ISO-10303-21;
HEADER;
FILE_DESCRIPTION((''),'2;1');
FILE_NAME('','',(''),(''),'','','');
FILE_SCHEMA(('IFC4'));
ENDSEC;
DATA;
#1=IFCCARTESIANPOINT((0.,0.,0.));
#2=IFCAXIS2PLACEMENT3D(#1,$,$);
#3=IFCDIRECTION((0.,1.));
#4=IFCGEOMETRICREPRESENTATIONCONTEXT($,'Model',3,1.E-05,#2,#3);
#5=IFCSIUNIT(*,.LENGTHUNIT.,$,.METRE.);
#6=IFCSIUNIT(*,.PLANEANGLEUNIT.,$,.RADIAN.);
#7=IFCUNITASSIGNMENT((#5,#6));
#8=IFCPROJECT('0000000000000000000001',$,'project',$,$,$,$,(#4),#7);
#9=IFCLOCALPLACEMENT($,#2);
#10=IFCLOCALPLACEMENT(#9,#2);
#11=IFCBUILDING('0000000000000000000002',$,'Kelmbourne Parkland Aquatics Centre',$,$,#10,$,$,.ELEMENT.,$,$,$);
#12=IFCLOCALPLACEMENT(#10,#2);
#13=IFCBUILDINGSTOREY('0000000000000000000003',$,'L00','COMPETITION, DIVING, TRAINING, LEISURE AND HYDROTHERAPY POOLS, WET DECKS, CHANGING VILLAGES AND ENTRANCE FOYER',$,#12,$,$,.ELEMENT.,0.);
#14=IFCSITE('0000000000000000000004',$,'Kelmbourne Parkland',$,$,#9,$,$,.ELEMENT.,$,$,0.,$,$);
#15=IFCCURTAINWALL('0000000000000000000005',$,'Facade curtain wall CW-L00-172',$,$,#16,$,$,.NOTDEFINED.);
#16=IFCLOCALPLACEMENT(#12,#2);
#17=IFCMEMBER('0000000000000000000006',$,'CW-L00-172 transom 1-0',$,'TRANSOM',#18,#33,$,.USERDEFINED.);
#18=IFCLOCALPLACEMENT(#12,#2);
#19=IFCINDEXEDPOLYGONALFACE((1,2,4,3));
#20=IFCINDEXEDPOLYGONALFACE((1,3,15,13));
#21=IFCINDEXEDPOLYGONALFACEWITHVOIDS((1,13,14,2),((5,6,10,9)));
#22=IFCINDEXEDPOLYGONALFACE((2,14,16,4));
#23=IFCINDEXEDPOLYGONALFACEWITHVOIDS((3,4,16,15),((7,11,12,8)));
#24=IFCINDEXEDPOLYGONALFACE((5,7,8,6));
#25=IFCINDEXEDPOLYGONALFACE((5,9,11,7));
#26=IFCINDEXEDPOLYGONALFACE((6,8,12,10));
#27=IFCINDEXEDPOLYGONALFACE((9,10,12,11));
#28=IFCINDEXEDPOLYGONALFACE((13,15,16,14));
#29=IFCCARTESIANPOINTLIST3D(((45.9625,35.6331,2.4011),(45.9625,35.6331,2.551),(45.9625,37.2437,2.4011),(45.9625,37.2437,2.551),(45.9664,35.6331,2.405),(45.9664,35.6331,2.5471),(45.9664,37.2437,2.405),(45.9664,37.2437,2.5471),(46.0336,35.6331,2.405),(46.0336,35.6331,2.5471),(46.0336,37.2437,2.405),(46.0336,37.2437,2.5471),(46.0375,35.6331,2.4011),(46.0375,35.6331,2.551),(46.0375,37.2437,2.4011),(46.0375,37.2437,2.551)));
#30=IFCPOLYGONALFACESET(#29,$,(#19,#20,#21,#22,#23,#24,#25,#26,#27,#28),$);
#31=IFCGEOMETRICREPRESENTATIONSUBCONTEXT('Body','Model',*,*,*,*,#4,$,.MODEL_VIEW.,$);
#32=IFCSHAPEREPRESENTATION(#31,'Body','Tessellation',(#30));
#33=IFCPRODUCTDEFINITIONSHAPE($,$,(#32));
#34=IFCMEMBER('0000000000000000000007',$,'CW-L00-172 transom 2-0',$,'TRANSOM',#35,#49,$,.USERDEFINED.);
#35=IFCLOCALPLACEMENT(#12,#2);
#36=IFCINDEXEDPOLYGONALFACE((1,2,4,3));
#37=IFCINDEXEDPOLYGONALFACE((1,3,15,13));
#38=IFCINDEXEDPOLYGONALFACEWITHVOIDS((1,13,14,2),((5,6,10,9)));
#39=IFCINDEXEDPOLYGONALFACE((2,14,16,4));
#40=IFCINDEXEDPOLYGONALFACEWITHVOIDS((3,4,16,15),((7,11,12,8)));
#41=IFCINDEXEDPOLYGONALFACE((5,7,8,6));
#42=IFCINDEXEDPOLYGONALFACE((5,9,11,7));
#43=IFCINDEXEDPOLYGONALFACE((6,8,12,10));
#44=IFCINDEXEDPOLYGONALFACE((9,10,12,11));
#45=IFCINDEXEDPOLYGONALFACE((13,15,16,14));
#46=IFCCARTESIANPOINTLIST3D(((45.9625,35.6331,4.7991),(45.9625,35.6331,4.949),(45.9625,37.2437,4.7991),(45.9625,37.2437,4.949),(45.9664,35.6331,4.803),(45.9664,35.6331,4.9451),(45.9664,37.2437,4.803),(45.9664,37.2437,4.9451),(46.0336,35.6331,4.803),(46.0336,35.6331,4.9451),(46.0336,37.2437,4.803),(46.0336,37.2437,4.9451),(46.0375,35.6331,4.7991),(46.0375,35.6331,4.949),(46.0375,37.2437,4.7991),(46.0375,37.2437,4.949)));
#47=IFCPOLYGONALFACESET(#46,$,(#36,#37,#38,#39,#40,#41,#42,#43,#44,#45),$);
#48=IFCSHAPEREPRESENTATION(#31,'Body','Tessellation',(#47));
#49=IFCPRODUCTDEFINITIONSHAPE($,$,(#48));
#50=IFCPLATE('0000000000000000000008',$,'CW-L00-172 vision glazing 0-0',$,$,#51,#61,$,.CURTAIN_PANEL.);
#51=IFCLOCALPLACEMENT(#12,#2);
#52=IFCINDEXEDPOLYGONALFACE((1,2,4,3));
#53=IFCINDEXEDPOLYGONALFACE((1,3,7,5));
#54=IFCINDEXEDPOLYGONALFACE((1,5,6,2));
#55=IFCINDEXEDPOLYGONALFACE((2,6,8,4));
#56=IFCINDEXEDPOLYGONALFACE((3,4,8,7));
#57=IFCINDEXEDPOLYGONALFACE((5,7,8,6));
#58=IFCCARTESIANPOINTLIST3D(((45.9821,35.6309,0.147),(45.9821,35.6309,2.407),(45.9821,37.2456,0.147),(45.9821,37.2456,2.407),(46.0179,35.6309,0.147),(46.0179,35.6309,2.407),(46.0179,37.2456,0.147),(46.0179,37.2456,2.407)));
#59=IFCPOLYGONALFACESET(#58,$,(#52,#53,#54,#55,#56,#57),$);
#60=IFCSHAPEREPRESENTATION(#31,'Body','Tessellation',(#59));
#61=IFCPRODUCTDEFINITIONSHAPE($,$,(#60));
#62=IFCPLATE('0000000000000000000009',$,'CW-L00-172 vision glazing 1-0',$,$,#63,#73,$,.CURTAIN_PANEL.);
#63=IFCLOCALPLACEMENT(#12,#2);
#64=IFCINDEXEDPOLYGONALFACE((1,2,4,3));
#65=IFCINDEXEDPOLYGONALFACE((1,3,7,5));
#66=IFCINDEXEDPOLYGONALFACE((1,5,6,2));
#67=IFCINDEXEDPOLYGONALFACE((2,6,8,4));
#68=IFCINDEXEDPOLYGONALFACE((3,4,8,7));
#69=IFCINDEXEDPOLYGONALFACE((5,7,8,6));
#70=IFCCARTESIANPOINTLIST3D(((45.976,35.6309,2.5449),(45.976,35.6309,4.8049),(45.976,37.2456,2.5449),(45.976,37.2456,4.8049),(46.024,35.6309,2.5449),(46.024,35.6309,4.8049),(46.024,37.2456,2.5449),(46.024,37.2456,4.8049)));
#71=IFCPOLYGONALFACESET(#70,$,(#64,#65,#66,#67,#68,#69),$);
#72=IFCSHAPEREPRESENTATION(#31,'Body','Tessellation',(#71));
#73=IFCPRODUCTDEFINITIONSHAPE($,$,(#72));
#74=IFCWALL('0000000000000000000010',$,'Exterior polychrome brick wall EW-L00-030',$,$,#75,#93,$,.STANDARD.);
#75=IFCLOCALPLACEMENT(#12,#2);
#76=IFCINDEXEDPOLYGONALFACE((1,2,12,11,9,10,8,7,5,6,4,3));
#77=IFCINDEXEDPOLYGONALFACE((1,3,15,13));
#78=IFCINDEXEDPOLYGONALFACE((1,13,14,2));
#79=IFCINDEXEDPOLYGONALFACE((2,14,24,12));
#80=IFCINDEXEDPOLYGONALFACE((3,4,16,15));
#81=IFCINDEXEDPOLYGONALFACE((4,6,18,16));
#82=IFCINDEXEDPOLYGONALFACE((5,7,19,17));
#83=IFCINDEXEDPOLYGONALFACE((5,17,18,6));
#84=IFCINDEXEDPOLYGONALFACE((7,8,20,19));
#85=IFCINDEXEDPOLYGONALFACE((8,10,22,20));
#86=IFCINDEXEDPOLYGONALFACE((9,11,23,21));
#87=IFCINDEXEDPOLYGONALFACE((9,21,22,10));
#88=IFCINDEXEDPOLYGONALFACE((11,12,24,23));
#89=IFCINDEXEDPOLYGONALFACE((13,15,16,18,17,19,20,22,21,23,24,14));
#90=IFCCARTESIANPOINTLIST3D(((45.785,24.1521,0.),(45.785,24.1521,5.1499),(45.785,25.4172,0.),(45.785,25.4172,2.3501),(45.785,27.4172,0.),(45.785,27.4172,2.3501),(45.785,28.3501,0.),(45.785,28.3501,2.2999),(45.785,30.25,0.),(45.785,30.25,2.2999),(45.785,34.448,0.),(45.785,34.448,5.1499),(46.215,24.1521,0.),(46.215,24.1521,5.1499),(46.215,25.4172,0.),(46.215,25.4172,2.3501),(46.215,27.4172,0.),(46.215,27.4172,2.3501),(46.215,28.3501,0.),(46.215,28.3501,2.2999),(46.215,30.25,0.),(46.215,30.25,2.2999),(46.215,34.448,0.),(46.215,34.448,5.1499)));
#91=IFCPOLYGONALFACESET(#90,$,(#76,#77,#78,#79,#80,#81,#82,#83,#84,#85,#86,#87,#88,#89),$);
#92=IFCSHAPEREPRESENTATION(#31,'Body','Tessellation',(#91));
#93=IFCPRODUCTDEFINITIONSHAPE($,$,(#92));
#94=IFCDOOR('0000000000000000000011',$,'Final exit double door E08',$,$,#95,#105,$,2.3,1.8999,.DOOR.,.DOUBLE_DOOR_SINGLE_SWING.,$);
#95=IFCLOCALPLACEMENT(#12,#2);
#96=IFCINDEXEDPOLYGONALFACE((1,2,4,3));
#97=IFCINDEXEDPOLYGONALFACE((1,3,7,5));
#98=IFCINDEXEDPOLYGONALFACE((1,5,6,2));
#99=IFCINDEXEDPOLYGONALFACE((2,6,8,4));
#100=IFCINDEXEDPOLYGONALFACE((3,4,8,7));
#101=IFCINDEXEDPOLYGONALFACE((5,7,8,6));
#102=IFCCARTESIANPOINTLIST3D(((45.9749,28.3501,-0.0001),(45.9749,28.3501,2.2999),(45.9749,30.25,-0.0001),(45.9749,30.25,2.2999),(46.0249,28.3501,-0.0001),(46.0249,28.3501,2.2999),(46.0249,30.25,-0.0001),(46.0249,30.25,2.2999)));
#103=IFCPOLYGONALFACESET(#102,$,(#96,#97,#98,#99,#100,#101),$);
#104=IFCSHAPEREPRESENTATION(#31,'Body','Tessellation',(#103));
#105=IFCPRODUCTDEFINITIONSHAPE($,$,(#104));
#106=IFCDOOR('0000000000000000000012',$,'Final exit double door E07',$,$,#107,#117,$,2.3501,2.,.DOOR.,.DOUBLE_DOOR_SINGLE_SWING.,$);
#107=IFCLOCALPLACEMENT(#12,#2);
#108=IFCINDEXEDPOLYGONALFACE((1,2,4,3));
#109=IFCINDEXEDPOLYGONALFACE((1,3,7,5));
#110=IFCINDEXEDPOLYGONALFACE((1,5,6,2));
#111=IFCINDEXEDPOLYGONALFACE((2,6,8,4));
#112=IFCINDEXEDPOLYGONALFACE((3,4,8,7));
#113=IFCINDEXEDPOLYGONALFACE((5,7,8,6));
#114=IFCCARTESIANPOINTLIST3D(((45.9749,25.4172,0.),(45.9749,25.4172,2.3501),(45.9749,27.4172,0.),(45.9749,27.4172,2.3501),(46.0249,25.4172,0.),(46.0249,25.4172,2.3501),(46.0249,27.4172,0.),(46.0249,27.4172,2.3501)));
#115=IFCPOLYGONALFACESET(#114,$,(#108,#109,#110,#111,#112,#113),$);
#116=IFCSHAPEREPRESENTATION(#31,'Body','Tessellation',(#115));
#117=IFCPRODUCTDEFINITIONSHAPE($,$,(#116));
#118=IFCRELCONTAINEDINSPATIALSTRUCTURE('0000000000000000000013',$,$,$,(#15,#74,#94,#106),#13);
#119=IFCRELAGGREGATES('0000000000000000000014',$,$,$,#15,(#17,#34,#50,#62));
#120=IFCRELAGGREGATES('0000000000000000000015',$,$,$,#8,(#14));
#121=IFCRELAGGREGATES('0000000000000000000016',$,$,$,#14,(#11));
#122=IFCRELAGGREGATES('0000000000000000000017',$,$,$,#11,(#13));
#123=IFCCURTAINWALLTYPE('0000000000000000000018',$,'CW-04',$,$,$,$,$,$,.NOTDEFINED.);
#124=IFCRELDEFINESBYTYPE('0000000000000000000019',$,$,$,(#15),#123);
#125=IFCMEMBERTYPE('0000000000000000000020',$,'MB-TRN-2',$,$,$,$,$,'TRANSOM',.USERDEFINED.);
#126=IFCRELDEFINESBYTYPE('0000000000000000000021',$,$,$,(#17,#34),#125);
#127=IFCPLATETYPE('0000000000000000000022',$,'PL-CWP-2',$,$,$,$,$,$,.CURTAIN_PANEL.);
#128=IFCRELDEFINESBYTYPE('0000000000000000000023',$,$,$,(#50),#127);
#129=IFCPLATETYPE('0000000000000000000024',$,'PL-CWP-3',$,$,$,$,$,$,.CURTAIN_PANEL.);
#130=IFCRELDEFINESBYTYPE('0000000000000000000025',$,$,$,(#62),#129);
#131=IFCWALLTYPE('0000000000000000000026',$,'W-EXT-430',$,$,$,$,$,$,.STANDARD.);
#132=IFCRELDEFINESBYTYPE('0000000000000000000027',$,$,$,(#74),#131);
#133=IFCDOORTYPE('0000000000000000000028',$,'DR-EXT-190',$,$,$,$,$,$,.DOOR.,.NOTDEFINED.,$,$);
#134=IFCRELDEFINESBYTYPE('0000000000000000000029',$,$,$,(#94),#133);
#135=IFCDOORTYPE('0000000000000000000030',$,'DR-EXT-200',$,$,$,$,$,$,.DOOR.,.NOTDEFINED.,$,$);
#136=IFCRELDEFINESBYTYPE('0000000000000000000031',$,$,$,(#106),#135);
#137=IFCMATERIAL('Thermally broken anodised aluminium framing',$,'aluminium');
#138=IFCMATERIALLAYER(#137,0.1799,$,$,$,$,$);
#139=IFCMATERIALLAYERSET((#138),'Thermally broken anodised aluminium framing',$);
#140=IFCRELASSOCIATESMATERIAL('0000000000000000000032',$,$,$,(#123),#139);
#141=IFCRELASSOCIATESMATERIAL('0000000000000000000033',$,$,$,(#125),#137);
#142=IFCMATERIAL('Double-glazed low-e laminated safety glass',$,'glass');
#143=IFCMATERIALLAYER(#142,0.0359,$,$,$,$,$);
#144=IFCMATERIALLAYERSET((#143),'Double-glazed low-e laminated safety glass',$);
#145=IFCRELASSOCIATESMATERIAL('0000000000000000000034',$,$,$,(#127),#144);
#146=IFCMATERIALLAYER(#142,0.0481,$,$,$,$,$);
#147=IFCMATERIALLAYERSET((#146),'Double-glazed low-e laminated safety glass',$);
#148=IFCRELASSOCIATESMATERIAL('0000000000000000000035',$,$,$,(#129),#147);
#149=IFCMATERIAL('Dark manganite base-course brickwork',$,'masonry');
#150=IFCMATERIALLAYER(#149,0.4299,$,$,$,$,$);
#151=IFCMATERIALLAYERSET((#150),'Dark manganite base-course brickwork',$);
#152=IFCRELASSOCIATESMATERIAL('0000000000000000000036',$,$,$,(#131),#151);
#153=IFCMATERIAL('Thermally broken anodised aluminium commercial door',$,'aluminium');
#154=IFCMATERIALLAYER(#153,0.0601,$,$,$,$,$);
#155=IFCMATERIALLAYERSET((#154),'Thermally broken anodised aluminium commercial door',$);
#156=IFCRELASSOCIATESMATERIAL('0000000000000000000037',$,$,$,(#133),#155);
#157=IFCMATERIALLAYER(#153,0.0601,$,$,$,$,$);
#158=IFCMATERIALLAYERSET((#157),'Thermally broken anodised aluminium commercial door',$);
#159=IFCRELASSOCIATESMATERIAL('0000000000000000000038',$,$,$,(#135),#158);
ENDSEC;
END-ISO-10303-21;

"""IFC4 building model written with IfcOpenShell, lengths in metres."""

from ifc_helpers import new_model, si_unit, direction, frame, frame_2d, origin, origin_2d, place, context, subcontext, project, spatial, rectangle, hollow_rectangle, extrude, material, layer, layer_set, material_profile, profile_set, type_object, element, fill, aggregate, save


model = new_model("IFC4")

# Units and contexts
model_context = context("Model", 3, precision=1e-05, world=origin(), true_north=direction((0.0, 1.0)))
body_context = subcontext(model_context, "Body", "Model", "MODEL_VIEW")
ifc_project = project(units=[si_unit("LENGTHUNIT", "METRE"), si_unit("PLANEANGLEUNIT", "RADIAN")], contexts=[model_context])

# Site, building, storey
site_placement = place(None, origin())
site = spatial("IfcSite", under=ifc_project, at=site_placement, Name="Kelmbourne Parkland", CompositionType="ELEMENT", RefElevation=0.0)
building_placement = place(site_placement, origin())
building = spatial("IfcBuilding", under=site, at=building_placement, Name="Kelmbourne Parkland Aquatics Centre", CompositionType="ELEMENT")
storey_placement = place(building_placement, origin())
storey = spatial("IfcBuildingStorey", under=building, at=storey_placement, Name="L00", Description="COMPETITION, DIVING, TRAINING, LEISURE AND HYDROTHERAPY POOLS, WET DECKS, CHANGING VILLAGES AND ENTRANCE FOYER", CompositionType="ELEMENT", Elevation=0.0)

# Curtain wall, members, plates
ifc_material_1 = material(Name="Thermally broken anodised aluminium framing", Category="aluminium")
ifc_layer_1 = layer(ifc_material_1, 0.1799)
ifc_layer_set_1 = layer_set([ifc_layer_1], Name="Thermally broken anodised aluminium framing")
curtain_wall_type = type_object("IfcCurtainWallType", Name="CW-04", PredefinedType="NOTDEFINED", material=ifc_layer_set_1)
curtain_wall_placement = place(storey_placement, origin())
curtain_wall = element("IfcCurtainWall", 1, at=curtain_wall_placement, inside=storey, type_object=curtain_wall_type, Name="Facade curtain wall CW-L00-172", PredefinedType="NOTDEFINED")
ifc_material_profile_1 = material_profile(ifc_material_1, hollow_rectangle(XDim=0.075, YDim=0.1499, WallThickness=0.0039, at=origin_2d()), Name="CW-T 75x150")
ifc_profile_set_1 = profile_set([ifc_material_profile_1], Name="Thermally broken anodised aluminium framing")
member_type_1 = type_object("IfcMemberType", Name="MB-TRN-2", ElementType="TRANSOM", PredefinedType="USERDEFINED", material=ifc_profile_set_1)
member_1_placement = place(storey_placement, frame((46.0, 35.6331, 2.4761), z_axis=(0.0, 1.0, 0.0), x_axis=(-1.0, 0.0, 0.0)))
member_1 = element("IfcMember", 2, at=member_1_placement, type_object=member_type_1, Name="CW-L00-172 transom 1-0", ObjectType="TRANSOM", PredefinedType="USERDEFINED", context=body_context, shape_type="SweptSolid", body=[
    extrude(hollow_rectangle(XDim=0.075, YDim=0.1499, WallThickness=0.0039, at=origin_2d()), origin(), (0.0, 0.0, 1.0), 1.6106),
])
member_2_placement = place(storey_placement, frame((46.0, 35.6331, 4.874), z_axis=(0.0, 1.0, 0.0), x_axis=(-1.0, 0.0, 0.0)))
member_2 = element("IfcMember", 3, at=member_2_placement, type_object=member_type_1, Name="CW-L00-172 transom 2-0", ObjectType="TRANSOM", PredefinedType="USERDEFINED", context=body_context, shape_type="SweptSolid", body=[
    extrude(hollow_rectangle(XDim=0.075, YDim=0.1499, WallThickness=0.0039, at=origin_2d()), origin(), (0.0, 0.0, 1.0), 1.6106),
])
ifc_material_2 = material(Name="Double-glazed low-e laminated safety glass", Category="glass")
ifc_layer_2 = layer(ifc_material_2, 0.0359)
ifc_layer_set_2 = layer_set([ifc_layer_2], Name="Double-glazed low-e laminated safety glass")
plate_type_1 = type_object("IfcPlateType", Name="PL-CWP-2", PredefinedType="CURTAIN_PANEL", material=ifc_layer_set_2)
plate_1_placement = place(storey_placement, frame((46.0, 36.4382, 0.147), z_axis=(0.0, 0.0, 1.0), x_axis=(0.0, 1.0, 0.0)))
plate_1 = element("IfcPlate", 4, at=plate_1_placement, type_object=plate_type_1, Name="CW-L00-172 vision glazing 0-0", PredefinedType="CURTAIN_PANEL", context=body_context, shape_type="SweptSolid", body=[
    extrude(rectangle(XDim=1.6147, YDim=0.0359, at=origin_2d()), origin(), (0.0, 0.0, 1.0), 2.26),
])
ifc_layer_3 = layer(ifc_material_2, 0.0481)
ifc_layer_set_3 = layer_set([ifc_layer_3], Name="Double-glazed low-e laminated safety glass")
plate_type_2 = type_object("IfcPlateType", Name="PL-CWP-3", PredefinedType="CURTAIN_PANEL", material=ifc_layer_set_3)
plate_2_placement = place(storey_placement, frame((46.0, 36.4382, 2.5449), z_axis=(0.0, 0.0, 1.0), x_axis=(0.0, 1.0, 0.0)))
plate_2 = element("IfcPlate", 5, at=plate_2_placement, type_object=plate_type_2, Name="CW-L00-172 vision glazing 1-0", PredefinedType="CURTAIN_PANEL", context=body_context, shape_type="SweptSolid", body=[
    extrude(rectangle(XDim=1.6147, YDim=0.0481, at=origin_2d()), origin(), (0.0, 0.0, 1.0), 2.26),
])
aggregate(curtain_wall, [member_1, member_2, plate_1, plate_2])

# Wall, openings, doors
ifc_material_3 = material(Name="Dark manganite base-course brickwork", Category="masonry")
ifc_layer_4 = layer(ifc_material_3, 0.4299)
ifc_layer_set_4 = layer_set([ifc_layer_4], Name="Dark manganite base-course brickwork")
wall_type = type_object("IfcWallType", Name="W-EXT-430", PredefinedType="STANDARD", material=ifc_layer_set_4)
wall_placement = place(storey_placement, frame((46.0, 24.1521, 0.0), z_axis=(0.0, 0.0, 1.0), x_axis=(0.0, 1.0, 0.0)))
wall = element("IfcWall", 6, at=wall_placement, inside=storey, type_object=wall_type, Name="Exterior polychrome brick wall EW-L00-030", PredefinedType="STANDARD", context=body_context, shape_type="SweptSolid", body=[
    extrude(rectangle(XDim=10.2959, YDim=0.4299, at=frame_2d((5.1479, 0.0))), origin(), (0.0, 0.0, 1.0), 5.1499),
])
opening_1_placement = place(wall_placement, frame((1.2651, 0.0, 0.0)))
opening_1 = element("IfcOpeningElement", 7, at=opening_1_placement, cuts=wall, PredefinedType="OPENING", context=body_context, shape_type="SweptSolid", body=[
    extrude(rectangle(XDim=2.0, YDim=2.3501, at=frame_2d((1.0, 1.175))), frame((0.0, 0.2271, 0.0), z_axis=(0.0, -1.0, 0.0), x_axis=(1.0, 0.0, 0.0)), (0.0, 0.0, 1.0), 0.4539),
])
opening_2_placement = place(wall_placement, frame((4.198, 0.0, 0.0)))
opening_2 = element("IfcOpeningElement", 8, at=opening_2_placement, cuts=wall, PredefinedType="OPENING", context=body_context, shape_type="SweptSolid", body=[
    extrude(rectangle(XDim=1.8999, YDim=2.3, at=frame_2d((0.95, 1.1499))), frame((0.0, 0.2271, 0.0), z_axis=(0.0, -1.0, 0.0), x_axis=(1.0, 0.0, 0.0)), (0.0, 0.0, 1.0), 0.4539),
])
ifc_material_4 = material(Name="Thermally broken anodised aluminium commercial door", Category="aluminium")
ifc_layer_5 = layer(ifc_material_4, 0.0601)
ifc_layer_set_5 = layer_set([ifc_layer_5], Name="Thermally broken anodised aluminium commercial door")
door_type_1 = type_object("IfcDoorType", Name="DR-EXT-190", OperationType="NOTDEFINED", PredefinedType="DOOR", material=ifc_layer_set_5)
door_1_placement = place(opening_2_placement, frame((1.8999, 0.0, 0.0), z_axis=(0.0, 0.0, 1.0), x_axis=(-1.0, 0.0, 0.0)))
door_1 = element("IfcDoor", 9, at=door_1_placement, inside=storey, type_object=door_type_1, Name="Final exit double door E08", OperationType="DOUBLE_DOOR_SINGLE_SWING", OverallHeight=2.3, OverallWidth=1.8999, PredefinedType="DOOR", context=body_context, shape_type="SweptSolid", body=[
    extrude(rectangle(XDim=1.8999, YDim=2.3, at=frame_2d((0.95, 1.1499))), frame((0.0, 0.0249, 0.0), z_axis=(0.0, -1.0, 0.0), x_axis=(1.0, 0.0, 0.0)), (0.0, 0.0, 1.0), 0.05),
])
fill(opening_2, door_1)
ifc_layer_6 = layer(ifc_material_4, 0.0601)
ifc_layer_set_6 = layer_set([ifc_layer_6], Name="Thermally broken anodised aluminium commercial door")
door_type_2 = type_object("IfcDoorType", Name="DR-EXT-200", OperationType="NOTDEFINED", PredefinedType="DOOR", material=ifc_layer_set_6)
door_2_placement = place(opening_1_placement, frame((2.0, 0.0, 0.0), z_axis=(0.0, 0.0, 1.0), x_axis=(-1.0, 0.0, 0.0)))
door_2 = element("IfcDoor", 10, at=door_2_placement, inside=storey, type_object=door_type_2, Name="Final exit double door E07", OperationType="DOUBLE_DOOR_SINGLE_SWING", OverallHeight=2.3501, OverallWidth=2.0, PredefinedType="DOOR", context=body_context, shape_type="SweptSolid", body=[
    extrude(rectangle(XDim=2.0, YDim=2.3501, at=frame_2d((1.0, 1.175))), frame((0.0, 0.0249, 0.0), z_axis=(0.0, -1.0, 0.0), x_axis=(1.0, 0.0, 0.0)), (0.0, 0.0, 1.0), 0.05),
])
fill(opening_1, door_2)

save(model, "model.ifc")
